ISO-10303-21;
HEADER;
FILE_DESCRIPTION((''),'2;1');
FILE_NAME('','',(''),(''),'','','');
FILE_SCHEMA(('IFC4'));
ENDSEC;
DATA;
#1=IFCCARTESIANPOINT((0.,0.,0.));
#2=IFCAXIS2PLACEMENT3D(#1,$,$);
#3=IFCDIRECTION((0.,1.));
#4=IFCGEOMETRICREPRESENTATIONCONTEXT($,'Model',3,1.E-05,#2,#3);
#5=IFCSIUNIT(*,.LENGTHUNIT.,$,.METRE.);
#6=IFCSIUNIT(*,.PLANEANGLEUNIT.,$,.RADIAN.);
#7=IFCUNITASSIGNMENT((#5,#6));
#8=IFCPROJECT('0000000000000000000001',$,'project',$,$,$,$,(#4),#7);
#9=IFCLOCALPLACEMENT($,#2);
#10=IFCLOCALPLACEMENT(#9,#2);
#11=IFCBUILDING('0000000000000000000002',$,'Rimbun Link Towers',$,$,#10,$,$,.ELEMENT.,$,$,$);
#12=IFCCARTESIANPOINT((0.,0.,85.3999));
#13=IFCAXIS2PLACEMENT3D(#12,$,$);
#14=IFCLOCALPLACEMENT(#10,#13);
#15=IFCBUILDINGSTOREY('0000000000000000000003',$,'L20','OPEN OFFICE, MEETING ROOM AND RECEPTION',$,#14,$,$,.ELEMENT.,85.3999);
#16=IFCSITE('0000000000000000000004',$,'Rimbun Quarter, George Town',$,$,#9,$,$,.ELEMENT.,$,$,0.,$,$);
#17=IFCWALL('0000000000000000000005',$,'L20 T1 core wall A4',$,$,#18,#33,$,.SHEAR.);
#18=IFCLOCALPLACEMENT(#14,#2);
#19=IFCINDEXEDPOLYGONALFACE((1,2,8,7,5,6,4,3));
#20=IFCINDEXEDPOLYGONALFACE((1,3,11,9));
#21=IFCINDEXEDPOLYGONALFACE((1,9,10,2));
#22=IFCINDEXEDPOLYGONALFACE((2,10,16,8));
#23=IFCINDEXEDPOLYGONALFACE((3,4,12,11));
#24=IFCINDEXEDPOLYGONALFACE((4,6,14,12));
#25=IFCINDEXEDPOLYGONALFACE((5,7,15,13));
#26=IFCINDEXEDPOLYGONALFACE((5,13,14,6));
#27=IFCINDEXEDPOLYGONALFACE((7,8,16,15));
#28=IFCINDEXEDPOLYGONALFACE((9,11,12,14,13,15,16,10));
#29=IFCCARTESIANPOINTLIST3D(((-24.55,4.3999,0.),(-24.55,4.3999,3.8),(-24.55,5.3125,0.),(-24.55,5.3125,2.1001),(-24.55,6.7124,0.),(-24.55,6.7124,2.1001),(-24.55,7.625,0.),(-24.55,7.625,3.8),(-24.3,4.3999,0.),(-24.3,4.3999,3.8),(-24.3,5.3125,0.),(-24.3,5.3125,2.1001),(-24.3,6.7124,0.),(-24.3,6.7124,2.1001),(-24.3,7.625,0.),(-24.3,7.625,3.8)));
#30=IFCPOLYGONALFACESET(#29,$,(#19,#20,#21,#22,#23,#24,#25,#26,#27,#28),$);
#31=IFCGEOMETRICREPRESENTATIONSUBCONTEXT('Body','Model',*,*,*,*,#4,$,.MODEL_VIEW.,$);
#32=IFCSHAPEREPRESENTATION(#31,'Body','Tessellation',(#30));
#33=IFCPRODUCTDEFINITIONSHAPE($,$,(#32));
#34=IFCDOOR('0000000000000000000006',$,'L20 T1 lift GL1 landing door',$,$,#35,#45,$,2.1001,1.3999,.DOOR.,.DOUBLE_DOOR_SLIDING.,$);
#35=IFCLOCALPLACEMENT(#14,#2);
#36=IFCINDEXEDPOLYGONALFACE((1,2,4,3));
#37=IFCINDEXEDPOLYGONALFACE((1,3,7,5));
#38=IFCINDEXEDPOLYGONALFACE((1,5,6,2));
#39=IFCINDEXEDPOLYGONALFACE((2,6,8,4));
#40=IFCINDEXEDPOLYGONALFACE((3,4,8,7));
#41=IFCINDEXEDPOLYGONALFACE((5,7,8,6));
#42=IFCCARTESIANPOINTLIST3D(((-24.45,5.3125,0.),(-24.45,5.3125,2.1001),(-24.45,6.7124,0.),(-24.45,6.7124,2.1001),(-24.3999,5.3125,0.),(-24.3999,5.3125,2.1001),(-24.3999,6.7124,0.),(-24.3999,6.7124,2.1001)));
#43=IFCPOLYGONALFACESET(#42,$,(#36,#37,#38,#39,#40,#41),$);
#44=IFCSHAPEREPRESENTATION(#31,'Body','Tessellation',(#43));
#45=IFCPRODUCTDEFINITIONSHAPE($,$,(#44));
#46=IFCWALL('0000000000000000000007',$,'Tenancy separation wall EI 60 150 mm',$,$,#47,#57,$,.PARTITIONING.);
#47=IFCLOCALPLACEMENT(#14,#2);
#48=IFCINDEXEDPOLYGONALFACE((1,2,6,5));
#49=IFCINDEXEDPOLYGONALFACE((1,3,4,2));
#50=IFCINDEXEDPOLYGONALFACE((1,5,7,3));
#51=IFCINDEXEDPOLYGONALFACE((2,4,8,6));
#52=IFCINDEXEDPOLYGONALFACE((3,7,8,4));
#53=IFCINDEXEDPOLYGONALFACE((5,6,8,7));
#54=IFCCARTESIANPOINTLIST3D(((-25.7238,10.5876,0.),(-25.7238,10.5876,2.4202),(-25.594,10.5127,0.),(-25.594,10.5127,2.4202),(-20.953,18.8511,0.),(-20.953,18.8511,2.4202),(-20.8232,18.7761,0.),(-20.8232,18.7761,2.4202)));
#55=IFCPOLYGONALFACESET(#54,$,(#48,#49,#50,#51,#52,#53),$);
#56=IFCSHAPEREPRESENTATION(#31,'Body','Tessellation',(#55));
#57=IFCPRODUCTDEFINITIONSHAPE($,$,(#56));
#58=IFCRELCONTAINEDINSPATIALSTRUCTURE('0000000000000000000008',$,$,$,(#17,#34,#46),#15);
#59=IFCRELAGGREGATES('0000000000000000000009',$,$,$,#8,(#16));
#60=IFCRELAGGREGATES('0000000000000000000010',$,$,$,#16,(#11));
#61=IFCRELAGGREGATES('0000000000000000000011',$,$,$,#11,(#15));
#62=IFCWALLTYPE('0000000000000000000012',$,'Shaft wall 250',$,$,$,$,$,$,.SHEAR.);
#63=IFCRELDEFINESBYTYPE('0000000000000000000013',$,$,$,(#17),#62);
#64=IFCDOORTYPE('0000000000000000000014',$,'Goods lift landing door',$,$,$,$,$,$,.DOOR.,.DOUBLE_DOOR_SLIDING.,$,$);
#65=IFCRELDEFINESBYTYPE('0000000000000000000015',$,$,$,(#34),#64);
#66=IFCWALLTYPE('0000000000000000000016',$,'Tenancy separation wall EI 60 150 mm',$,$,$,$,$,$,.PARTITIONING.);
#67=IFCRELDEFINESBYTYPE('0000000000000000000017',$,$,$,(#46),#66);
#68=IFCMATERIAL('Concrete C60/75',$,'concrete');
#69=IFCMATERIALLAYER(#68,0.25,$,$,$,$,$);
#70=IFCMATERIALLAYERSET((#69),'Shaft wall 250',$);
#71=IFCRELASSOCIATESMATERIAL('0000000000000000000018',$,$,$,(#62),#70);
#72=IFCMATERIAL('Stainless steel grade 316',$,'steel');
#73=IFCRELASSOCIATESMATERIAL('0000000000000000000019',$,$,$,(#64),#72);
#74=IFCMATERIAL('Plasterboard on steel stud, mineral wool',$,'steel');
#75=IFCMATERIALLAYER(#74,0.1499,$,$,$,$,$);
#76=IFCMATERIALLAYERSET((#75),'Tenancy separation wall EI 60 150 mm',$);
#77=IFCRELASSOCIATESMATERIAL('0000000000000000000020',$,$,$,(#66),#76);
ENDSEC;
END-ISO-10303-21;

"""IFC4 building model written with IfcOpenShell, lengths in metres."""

from ifc_helpers import new_model, si_unit, direction, frame, frame_2d, origin, place, context, subcontext, project, spatial, rectangle, extrude, material, layer, layer_set, type_object, element, fill, save


model = new_model("IFC4")

# Units and contexts
model_context = context("Model", 3, precision=1e-05, world=origin(), true_north=direction((0.0, 1.0)))
body_context = subcontext(model_context, "Body", "Model", "MODEL_VIEW")
ifc_project = project(units=[si_unit("LENGTHUNIT", "METRE"), si_unit("PLANEANGLEUNIT", "RADIAN")], contexts=[model_context])

# Site, building, storey
site_placement = place(None, origin())
site = spatial("IfcSite", under=ifc_project, at=site_placement, Name="Rimbun Quarter, George Town", CompositionType="ELEMENT", RefElevation=0.0)
building_placement = place(site_placement, origin())
building = spatial("IfcBuilding", under=site, at=building_placement, Name="Rimbun Link Towers", CompositionType="ELEMENT")
storey_placement = place(building_placement, frame((0.0, 0.0, 85.3999)))
storey = spatial("IfcBuildingStorey", under=building, at=storey_placement, Name="L20", Description="OPEN OFFICE, MEETING ROOM AND RECEPTION", CompositionType="ELEMENT", Elevation=85.3999)

# Shared definitions
ifc_material_1 = material(Name="Concrete C60/75", Category="concrete")
ifc_layer_1 = layer(ifc_material_1, 0.25)
ifc_layer_set_1 = layer_set([ifc_layer_1], Name="Shaft wall 250")
wall_type_1 = type_object("IfcWallType", Name="Shaft wall 250", PredefinedType="SHEAR", material=ifc_layer_set_1)

# Wall, opening, door
wall_1_placement = place(storey_placement, frame((-24.425, 4.3999, 0.0), z_axis=(0.0, 0.0, 1.0), x_axis=(0.0, 1.0, 0.0)))
wall_1 = element("IfcWall", 1, at=wall_1_placement, inside=storey, type_object=wall_type_1, Name="L20 T1 core wall A4", PredefinedType="SHEAR", context=body_context, shape_type="SweptSolid", body=[
    extrude(rectangle(XDim=3.2251, YDim=0.25, at=frame_2d((1.6125, 0.0))), origin(), (0.0, 0.0, 1.0), 3.8),
])
opening_1_placement = place(wall_1_placement, frame((0.9126, 0.0, 0.0)))
opening_1 = element("IfcOpeningElement", 2, at=opening_1_placement, cuts=wall_1, PredefinedType="OPENING", context=body_context, shape_type="SweptSolid", body=[
    extrude(rectangle(XDim=1.3999, YDim=2.1001, at=frame_2d((0.7, 1.05))), frame((0.0, 0.135, 0.0), z_axis=(0.0, -1.0, 0.0), x_axis=(1.0, 0.0, 0.0)), (0.0, 0.0, 1.0), 0.27),
])
ifc_material_2 = material(Name="Stainless steel grade 316", Category="steel")
door_type_1 = type_object("IfcDoorType", Name="Goods lift landing door", OperationType="DOUBLE_DOOR_SLIDING", PredefinedType="DOOR", material=ifc_material_2)
door_1_placement = place(opening_1_placement, origin())
door_1 = element("IfcDoor", 3, at=door_1_placement, inside=storey, type_object=door_type_1, Name="L20 T1 lift GL1 landing door", OperationType="DOUBLE_DOOR_SLIDING", OverallHeight=2.1001, OverallWidth=1.3999, PredefinedType="DOOR", context=body_context, shape_type="SweptSolid", body=[
    extrude(rectangle(XDim=1.3999, YDim=2.1001, at=frame_2d((0.7, 1.05))), frame((0.0, 0.0249, 0.0), z_axis=(0.0, -1.0, 0.0), x_axis=(1.0, 0.0, 0.0)), (0.0, 0.0, 1.0), 0.05),
])
fill(opening_1, door_1)

# Wall
ifc_material_3 = material(Name="Plasterboard on steel stud, mineral wool", Category="steel")
ifc_layer_2 = layer(ifc_material_3, 0.1499)
ifc_layer_set_2 = layer_set([ifc_layer_2], Name="Tenancy separation wall EI 60 150 mm")
wall_type_2 = type_object("IfcWallType", Name="Tenancy separation wall EI 60 150 mm", PredefinedType="PARTITIONING", material=ifc_layer_set_2)
wall_2_placement = place(storey_placement, frame((-25.6589, 10.55, 0.0), z_axis=(0.0, 0.0, 1.0), x_axis=(0.499989, 0.866032, 0.0)))
element("IfcWall", 4, at=wall_2_placement, inside=storey, type_object=wall_type_2, Name="Tenancy separation wall EI 60 150 mm", PredefinedType="PARTITIONING", context=body_context, shape_type="SweptSolid", body=[
    extrude(rectangle(XDim=9.5417, YDim=0.1499, at=frame_2d((4.771, 0.0))), origin(), (0.0, 0.0, 1.0), 2.4202),
])

save(model, "model.ifc")
